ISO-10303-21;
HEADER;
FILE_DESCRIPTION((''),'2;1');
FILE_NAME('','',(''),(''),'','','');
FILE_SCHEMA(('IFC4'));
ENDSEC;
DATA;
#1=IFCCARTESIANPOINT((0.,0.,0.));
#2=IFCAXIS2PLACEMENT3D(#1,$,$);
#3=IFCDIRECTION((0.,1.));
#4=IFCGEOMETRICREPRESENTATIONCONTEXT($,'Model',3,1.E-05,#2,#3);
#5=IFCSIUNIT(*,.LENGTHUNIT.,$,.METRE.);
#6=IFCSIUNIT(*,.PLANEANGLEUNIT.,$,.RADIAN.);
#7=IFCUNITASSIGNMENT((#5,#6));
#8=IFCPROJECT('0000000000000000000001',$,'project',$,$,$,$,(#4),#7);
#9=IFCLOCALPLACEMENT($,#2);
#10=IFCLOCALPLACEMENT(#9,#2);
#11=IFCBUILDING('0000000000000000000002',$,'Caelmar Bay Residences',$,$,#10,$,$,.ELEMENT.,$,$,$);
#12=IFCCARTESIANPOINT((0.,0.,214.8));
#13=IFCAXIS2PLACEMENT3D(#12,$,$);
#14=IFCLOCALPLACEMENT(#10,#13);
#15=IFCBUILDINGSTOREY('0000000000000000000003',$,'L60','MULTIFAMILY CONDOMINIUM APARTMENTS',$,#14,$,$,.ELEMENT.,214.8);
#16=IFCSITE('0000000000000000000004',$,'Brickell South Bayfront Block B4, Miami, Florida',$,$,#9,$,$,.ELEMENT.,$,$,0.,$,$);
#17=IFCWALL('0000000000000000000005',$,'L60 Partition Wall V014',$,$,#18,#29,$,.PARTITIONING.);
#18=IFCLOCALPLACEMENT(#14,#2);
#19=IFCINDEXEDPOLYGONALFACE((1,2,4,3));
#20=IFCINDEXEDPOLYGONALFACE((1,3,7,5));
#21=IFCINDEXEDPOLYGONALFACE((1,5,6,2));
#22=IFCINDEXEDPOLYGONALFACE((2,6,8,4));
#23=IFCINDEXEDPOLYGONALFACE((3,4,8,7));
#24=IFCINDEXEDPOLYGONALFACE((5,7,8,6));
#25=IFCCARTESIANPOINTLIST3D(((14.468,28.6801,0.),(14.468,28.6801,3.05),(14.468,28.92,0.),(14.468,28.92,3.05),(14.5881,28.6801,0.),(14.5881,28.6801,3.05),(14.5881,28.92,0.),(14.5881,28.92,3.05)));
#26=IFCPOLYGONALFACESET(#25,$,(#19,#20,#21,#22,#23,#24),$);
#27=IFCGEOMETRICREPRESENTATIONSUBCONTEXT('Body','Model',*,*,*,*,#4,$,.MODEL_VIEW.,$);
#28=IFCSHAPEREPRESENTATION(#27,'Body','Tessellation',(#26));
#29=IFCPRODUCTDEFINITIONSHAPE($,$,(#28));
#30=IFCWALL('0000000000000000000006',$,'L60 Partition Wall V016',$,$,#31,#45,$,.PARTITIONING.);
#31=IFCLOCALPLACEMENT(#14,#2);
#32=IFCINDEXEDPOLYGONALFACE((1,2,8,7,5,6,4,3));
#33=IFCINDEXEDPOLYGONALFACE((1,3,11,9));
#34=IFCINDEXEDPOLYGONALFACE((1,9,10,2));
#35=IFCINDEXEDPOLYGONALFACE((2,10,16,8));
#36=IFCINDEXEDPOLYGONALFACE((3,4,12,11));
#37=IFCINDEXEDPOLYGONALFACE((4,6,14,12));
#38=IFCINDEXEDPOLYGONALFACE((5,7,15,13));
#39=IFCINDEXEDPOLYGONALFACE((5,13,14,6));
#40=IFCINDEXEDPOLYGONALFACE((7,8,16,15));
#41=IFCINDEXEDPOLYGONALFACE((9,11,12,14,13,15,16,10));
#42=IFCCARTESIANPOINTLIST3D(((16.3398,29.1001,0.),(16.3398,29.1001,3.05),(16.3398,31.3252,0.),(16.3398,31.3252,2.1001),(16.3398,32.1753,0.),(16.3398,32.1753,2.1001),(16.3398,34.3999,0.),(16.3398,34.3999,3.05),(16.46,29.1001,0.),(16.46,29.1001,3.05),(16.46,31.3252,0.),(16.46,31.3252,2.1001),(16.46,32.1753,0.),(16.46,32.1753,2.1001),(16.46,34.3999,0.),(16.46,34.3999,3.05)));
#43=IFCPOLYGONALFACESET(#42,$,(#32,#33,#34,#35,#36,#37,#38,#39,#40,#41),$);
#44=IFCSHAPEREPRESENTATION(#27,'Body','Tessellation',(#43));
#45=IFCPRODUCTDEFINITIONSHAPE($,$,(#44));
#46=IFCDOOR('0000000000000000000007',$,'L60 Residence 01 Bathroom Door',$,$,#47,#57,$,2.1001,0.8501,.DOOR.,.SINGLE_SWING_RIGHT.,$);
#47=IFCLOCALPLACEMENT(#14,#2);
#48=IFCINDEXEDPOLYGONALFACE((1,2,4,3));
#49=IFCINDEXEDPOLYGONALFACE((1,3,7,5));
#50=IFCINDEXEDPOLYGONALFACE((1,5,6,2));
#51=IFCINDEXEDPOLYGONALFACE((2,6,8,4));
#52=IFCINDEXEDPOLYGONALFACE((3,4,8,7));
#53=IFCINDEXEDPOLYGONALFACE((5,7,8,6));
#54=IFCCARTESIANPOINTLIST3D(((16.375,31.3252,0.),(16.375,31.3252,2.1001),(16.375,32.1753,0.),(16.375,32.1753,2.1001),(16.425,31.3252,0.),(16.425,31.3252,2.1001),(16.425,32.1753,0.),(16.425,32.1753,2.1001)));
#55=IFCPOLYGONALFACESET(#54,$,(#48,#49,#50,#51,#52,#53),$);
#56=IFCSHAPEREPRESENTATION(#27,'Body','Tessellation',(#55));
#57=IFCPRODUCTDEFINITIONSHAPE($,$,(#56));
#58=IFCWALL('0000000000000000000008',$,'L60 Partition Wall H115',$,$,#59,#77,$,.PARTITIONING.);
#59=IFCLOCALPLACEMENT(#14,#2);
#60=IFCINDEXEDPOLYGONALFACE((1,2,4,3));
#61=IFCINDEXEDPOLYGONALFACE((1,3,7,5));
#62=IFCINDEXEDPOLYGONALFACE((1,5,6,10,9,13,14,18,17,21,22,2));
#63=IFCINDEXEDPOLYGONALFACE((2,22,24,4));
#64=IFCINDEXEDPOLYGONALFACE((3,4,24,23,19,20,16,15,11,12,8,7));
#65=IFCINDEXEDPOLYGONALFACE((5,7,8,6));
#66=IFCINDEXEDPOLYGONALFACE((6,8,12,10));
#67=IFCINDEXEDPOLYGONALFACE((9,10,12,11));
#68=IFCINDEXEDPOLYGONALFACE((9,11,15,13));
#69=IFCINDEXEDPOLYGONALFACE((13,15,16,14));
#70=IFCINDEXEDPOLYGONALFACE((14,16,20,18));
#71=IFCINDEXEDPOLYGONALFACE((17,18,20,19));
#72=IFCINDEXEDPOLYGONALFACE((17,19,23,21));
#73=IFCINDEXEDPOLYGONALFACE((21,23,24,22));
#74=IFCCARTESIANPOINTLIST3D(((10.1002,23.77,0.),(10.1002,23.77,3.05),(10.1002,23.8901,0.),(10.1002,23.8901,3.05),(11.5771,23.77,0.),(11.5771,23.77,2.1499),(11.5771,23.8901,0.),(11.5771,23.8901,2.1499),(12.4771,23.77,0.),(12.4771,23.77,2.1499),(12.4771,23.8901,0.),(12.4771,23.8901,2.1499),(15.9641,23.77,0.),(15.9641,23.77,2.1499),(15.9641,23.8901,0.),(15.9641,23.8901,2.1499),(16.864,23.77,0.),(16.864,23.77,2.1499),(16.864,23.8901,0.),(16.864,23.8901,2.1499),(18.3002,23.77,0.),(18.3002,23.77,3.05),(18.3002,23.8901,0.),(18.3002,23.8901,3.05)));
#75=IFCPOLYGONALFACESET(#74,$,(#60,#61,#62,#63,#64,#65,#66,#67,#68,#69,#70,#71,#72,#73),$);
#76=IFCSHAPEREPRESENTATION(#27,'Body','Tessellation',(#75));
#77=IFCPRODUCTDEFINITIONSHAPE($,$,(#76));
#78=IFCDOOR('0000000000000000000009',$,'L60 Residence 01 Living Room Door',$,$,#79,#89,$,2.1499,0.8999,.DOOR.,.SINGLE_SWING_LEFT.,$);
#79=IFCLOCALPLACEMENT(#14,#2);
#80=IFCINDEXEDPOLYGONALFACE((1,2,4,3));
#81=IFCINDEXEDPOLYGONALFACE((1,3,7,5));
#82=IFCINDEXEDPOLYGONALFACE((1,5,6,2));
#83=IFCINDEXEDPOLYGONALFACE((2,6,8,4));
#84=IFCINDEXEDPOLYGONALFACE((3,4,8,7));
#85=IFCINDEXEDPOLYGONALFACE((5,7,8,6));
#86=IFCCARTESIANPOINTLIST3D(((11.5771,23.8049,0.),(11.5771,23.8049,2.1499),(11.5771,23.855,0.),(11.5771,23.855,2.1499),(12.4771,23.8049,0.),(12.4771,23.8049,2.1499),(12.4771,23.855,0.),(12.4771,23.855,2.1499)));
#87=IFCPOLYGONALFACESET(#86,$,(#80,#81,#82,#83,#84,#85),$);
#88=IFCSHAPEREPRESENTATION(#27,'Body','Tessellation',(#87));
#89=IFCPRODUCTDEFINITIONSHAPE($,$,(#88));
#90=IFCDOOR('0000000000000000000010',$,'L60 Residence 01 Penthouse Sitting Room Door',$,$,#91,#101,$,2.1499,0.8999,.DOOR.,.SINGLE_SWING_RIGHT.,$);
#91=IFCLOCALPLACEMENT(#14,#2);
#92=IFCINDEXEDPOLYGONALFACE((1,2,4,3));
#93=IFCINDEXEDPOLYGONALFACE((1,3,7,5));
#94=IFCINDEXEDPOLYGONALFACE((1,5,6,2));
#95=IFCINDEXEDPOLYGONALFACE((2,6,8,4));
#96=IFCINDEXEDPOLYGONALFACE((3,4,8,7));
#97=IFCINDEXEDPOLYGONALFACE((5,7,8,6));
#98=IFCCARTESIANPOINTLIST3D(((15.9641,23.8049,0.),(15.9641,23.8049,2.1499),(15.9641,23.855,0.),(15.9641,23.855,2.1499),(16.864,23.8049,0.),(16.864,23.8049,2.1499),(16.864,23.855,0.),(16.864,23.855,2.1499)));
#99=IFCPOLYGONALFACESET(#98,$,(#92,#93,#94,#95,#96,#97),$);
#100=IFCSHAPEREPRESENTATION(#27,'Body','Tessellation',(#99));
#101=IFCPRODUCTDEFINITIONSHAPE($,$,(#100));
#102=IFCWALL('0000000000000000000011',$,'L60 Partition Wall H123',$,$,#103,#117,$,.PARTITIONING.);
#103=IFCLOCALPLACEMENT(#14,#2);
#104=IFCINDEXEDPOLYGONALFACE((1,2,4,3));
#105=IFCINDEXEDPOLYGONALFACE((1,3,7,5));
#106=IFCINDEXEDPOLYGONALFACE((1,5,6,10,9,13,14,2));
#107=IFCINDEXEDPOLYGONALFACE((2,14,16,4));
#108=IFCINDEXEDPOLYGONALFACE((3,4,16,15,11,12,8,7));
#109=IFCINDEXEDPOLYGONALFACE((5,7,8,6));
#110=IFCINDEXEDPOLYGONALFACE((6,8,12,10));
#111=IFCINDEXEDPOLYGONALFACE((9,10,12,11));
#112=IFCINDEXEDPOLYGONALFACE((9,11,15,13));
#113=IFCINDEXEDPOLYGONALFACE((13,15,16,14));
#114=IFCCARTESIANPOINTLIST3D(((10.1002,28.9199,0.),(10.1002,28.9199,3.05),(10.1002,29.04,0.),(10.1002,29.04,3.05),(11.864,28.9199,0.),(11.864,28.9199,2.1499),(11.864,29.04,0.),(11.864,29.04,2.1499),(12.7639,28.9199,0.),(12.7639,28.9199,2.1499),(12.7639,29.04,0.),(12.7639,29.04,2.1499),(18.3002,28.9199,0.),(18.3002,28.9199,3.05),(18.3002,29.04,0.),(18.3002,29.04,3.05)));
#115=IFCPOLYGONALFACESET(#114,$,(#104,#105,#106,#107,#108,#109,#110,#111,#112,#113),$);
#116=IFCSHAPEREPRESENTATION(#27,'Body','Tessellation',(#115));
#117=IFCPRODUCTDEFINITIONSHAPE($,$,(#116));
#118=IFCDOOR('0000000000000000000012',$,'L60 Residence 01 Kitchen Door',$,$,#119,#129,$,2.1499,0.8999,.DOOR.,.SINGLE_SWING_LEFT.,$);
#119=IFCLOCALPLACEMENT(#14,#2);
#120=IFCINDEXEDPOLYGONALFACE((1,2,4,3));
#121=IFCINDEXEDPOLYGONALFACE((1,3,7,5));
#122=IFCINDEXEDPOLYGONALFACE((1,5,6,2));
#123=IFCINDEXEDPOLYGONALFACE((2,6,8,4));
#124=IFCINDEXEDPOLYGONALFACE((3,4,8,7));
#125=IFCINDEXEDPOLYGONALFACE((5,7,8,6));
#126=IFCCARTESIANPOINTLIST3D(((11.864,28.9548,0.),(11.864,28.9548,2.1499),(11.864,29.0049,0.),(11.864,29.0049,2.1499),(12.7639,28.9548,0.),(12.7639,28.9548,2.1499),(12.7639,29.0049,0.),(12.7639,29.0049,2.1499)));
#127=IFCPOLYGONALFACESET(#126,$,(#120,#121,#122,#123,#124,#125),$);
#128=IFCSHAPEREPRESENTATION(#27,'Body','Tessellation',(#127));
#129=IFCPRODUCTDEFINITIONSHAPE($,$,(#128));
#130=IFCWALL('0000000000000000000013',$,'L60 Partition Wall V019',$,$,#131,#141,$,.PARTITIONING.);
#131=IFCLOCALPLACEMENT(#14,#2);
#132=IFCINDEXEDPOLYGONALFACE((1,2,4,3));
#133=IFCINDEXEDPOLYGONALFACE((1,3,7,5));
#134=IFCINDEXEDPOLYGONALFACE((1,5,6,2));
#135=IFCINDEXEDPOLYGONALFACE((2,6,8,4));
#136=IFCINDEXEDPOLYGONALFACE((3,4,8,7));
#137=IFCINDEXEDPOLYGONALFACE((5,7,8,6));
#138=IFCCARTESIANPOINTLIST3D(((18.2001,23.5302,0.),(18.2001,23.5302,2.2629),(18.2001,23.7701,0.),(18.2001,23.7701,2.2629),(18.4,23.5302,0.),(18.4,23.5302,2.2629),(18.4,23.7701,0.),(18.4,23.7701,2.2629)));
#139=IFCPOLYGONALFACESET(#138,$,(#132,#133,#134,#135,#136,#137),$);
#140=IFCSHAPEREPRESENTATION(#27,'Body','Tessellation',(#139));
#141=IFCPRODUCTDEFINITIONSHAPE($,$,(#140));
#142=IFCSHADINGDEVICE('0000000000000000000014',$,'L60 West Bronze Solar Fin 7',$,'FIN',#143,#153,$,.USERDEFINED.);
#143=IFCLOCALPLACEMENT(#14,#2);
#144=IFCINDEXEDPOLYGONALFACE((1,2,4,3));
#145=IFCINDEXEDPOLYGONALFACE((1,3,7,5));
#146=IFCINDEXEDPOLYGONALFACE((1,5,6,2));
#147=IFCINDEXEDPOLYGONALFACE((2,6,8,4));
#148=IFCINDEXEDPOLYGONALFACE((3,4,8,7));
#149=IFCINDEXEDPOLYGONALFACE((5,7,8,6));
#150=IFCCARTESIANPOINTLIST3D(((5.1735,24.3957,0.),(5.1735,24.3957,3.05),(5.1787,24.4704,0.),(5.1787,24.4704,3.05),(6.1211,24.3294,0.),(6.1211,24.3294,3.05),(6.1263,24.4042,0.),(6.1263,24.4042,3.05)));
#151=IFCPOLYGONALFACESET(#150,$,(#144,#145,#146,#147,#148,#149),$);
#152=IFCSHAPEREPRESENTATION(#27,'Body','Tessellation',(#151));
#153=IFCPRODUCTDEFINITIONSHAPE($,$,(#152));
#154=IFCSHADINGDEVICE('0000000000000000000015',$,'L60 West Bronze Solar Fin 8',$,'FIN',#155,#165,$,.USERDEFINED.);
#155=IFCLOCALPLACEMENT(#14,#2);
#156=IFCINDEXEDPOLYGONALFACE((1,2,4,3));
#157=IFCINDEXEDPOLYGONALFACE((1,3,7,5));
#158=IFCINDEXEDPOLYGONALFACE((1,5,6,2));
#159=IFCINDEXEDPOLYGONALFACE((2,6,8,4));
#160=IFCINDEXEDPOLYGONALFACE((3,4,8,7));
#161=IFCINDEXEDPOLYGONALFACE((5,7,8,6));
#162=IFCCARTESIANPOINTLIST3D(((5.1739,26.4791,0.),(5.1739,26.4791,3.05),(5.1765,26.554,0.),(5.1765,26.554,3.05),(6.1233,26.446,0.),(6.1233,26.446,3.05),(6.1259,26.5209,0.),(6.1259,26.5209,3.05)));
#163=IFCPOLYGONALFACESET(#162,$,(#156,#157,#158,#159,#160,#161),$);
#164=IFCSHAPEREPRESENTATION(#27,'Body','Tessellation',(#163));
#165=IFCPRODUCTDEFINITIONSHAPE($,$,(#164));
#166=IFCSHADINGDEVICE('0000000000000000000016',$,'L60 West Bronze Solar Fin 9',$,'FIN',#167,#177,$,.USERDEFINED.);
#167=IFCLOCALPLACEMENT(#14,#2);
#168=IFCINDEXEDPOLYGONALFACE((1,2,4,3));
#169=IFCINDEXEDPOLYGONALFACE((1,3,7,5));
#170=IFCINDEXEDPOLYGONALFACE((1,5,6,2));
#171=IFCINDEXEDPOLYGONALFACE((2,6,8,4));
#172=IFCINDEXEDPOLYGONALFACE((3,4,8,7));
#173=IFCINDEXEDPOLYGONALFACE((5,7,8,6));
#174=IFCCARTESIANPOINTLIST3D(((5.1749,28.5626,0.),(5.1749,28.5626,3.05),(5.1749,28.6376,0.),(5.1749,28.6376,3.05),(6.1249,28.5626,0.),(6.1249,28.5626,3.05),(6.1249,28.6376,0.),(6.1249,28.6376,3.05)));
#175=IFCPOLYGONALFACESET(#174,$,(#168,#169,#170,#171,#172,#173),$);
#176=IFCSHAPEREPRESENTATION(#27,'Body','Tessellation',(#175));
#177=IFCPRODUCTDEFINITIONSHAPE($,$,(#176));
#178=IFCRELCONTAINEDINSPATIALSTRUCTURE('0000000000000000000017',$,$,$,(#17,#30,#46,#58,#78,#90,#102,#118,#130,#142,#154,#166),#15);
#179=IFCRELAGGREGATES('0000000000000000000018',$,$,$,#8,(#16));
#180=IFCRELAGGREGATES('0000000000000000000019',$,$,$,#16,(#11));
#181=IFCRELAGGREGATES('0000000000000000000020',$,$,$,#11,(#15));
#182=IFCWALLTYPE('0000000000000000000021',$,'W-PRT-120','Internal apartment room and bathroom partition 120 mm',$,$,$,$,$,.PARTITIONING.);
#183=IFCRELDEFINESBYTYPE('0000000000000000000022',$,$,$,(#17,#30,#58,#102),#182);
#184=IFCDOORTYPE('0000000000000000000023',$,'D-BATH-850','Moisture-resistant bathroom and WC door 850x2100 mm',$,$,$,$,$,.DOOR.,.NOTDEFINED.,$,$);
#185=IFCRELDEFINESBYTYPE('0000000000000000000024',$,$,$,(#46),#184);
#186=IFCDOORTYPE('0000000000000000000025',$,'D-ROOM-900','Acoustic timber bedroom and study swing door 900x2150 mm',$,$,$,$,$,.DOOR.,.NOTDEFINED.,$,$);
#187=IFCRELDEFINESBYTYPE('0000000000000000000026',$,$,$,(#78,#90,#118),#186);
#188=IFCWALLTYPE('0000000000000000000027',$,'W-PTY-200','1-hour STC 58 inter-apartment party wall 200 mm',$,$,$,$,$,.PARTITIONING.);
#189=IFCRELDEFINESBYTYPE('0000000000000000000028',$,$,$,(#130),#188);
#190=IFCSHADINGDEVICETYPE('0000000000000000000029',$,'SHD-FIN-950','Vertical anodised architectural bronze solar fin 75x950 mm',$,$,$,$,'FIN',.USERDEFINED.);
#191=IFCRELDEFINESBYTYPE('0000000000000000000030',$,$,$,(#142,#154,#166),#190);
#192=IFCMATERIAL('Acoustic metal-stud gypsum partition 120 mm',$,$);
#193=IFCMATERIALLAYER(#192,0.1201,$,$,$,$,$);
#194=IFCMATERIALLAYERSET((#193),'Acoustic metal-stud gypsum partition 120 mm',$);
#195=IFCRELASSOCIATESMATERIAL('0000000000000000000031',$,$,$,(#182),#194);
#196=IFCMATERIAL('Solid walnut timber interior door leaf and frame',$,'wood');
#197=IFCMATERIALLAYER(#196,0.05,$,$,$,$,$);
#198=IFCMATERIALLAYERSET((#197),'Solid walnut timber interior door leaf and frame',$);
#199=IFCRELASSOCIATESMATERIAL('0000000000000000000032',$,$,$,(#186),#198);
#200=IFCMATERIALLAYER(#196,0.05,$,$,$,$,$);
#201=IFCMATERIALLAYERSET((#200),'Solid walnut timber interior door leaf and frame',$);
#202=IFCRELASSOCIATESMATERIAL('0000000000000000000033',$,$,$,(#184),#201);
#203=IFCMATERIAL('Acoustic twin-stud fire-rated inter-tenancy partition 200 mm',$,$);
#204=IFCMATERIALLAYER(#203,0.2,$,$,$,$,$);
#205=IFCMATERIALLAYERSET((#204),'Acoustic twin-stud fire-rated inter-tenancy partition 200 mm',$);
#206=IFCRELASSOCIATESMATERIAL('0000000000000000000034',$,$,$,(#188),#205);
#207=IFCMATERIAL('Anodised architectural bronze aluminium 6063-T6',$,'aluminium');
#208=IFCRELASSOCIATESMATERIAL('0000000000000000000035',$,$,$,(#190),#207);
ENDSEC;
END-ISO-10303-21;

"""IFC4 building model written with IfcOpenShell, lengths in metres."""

from ifc_helpers import new_model, si_unit, direction, frame, frame_2d, origin, origin_2d, place, context, subcontext, project, spatial, rectangle, extrude, material, layer, layer_set, material_profile, profile_set, type_object, element, fill, save


model = new_model("IFC4")

# Units and contexts
model_context = context("Model", 3, precision=1e-05, world=origin(), true_north=direction((0.0, 1.0)))
body_context = subcontext(model_context, "Body", "Model", "MODEL_VIEW")
ifc_project = project(units=[si_unit("LENGTHUNIT", "METRE"), si_unit("PLANEANGLEUNIT", "RADIAN")], contexts=[model_context])

# Site, building, storey
site_placement = place(None, origin())
site = spatial("IfcSite", under=ifc_project, at=site_placement, Name="Brickell South Bayfront Block B4, Miami, Florida", CompositionType="ELEMENT", RefElevation=0.0)
building_placement = place(site_placement, origin())
building = spatial("IfcBuilding", under=site, at=building_placement, Name="Caelmar Bay Residences", CompositionType="ELEMENT")
storey_placement = place(building_placement, frame((0.0, 0.0, 214.8)))
storey = spatial("IfcBuildingStorey", under=building, at=storey_placement, Name="L60", Description="MULTIFAMILY CONDOMINIUM APARTMENTS", CompositionType="ELEMENT", Elevation=214.8)

# Shared definitions
ifc_material_1 = material(Name="Acoustic metal-stud gypsum partition 120 mm")
ifc_layer_1 = layer(ifc_material_1, 0.1201)
ifc_layer_set_1 = layer_set([ifc_layer_1], Name="Acoustic metal-stud gypsum partition 120 mm")
wall_type_1 = type_object("IfcWallType", Name="W-PRT-120", Description="Internal apartment room and bathroom partition 120 mm", PredefinedType="PARTITIONING", material=ifc_layer_set_1)
ifc_material_2 = material(Name="Solid walnut timber interior door leaf and frame", Category="wood")
ifc_layer_2 = layer(ifc_material_2, 0.05)
ifc_layer_set_2 = layer_set([ifc_layer_2], Name="Solid walnut timber interior door leaf and frame")
door_type_1 = type_object("IfcDoorType", Name="D-ROOM-900", Description="Acoustic timber bedroom and study swing door 900x2150 mm", OperationType="NOTDEFINED", PredefinedType="DOOR", material=ifc_layer_set_2)

# Wall
wall_1_placement = place(storey_placement, frame((14.5281, 28.6799, 0.0), z_axis=(0.0, 0.0, 1.0), x_axis=(0.0, 1.0, 0.0)))
element("IfcWall", 1, at=wall_1_placement, inside=storey, type_object=wall_type_1, Name="L60 Partition Wall V014", PredefinedType="PARTITIONING", context=body_context, shape_type="SweptSolid", body=[
    extrude(rectangle(XDim=0.24, YDim=0.1201, at=frame_2d((0.1201, 0.0))), origin(), (0.0, 0.0, 1.0), 3.05),
])

# Wall, opening, door
wall_2_placement = place(storey_placement, frame((16.3999, 29.1001, 0.0), z_axis=(0.0, 0.0, 1.0), x_axis=(0.0, 1.0, 0.0)))
wall_2 = element("IfcWall", 2, at=wall_2_placement, inside=storey, type_object=wall_type_1, Name="L60 Partition Wall V016", PredefinedType="PARTITIONING", context=body_context, shape_type="SweptSolid", body=[
    extrude(rectangle(XDim=5.2998, YDim=0.1201, at=frame_2d((2.6499, 0.0))), origin(), (0.0, 0.0, 1.0), 3.05),
])
opening_1_placement = place(wall_2_placement, frame((2.2251, 0.0, 0.0)))
opening_1 = element("IfcOpeningElement", 3, at=opening_1_placement, cuts=wall_2, PredefinedType="OPENING", context=body_context, shape_type="SweptSolid", body=[
    extrude(rectangle(XDim=0.8501, YDim=2.1001, at=frame_2d((0.425, 1.05))), frame((0.0, 0.0701, 0.0), z_axis=(0.0, -1.0, 0.0), x_axis=(1.0, 0.0, 0.0)), (0.0, 0.0, 1.0), 0.1401),
])
ifc_layer_3 = layer(ifc_material_2, 0.05)
ifc_layer_set_3 = layer_set([ifc_layer_3], Name="Solid walnut timber interior door leaf and frame")
door_type_2 = type_object("IfcDoorType", Name="D-BATH-850", Description="Moisture-resistant bathroom and WC door 850x2100 mm", OperationType="NOTDEFINED", PredefinedType="DOOR", material=ifc_layer_set_3)
door_1_placement = place(opening_1_placement, origin())
door_1 = element("IfcDoor", 4, at=door_1_placement, inside=storey, type_object=door_type_2, Name="L60 Residence 01 Bathroom Door", OperationType="SINGLE_SWING_RIGHT", OverallHeight=2.1001, OverallWidth=0.8501, PredefinedType="DOOR", context=body_context, shape_type="SweptSolid", body=[
    extrude(rectangle(XDim=0.8501, YDim=2.1001, at=frame_2d((0.425, 1.05))), frame((0.0, 0.0249, 0.0), z_axis=(0.0, -1.0, 0.0), x_axis=(1.0, 0.0, 0.0)), (0.0, 0.0, 1.0), 0.05),
])
fill(opening_1, door_1)

# Wall, openings, doors
wall_3_placement = place(storey_placement, frame((10.1001, 23.8301, 0.0), z_axis=(0.0, 0.0, 1.0), x_axis=(1.0, 0.0, 0.0)))
wall_3 = element("IfcWall", 5, at=wall_3_placement, inside=storey, type_object=wall_type_1, Name="L60 Partition Wall H115", PredefinedType="PARTITIONING", context=body_context, shape_type="SweptSolid", body=[
    extrude(rectangle(XDim=8.2, YDim=0.1201, at=frame_2d((4.1001, 0.0))), origin(), (0.0, 0.0, 1.0), 3.05),
])
opening_2_placement = place(wall_3_placement, frame((1.4771, 0.0, 0.0)))
opening_2 = element("IfcOpeningElement", 6, at=opening_2_placement, cuts=wall_3, PredefinedType="OPENING", context=body_context, shape_type="SweptSolid", body=[
    extrude(rectangle(XDim=0.8999, YDim=2.1499, at=frame_2d((0.45, 1.075))), frame((0.0, 0.0701, 0.0), z_axis=(0.0, -1.0, 0.0), x_axis=(1.0, 0.0, 0.0)), (0.0, 0.0, 1.0), 0.1401),
])
opening_3_placement = place(wall_3_placement, frame((5.864, 0.0, 0.0)))
opening_3 = element("IfcOpeningElement", 7, at=opening_3_placement, cuts=wall_3, PredefinedType="OPENING", context=body_context, shape_type="SweptSolid", body=[
    extrude(rectangle(XDim=0.8999, YDim=2.1499, at=frame_2d((0.45, 1.075))), frame((0.0, 0.0701, 0.0), z_axis=(0.0, -1.0, 0.0), x_axis=(1.0, 0.0, 0.0)), (0.0, 0.0, 1.0), 0.1401),
])
door_2_placement = place(opening_2_placement, origin())
door_2 = element("IfcDoor", 8, at=door_2_placement, inside=storey, type_object=door_type_1, Name="L60 Residence 01 Living Room Door", OperationType="SINGLE_SWING_LEFT", OverallHeight=2.1499, OverallWidth=0.8999, PredefinedType="DOOR", context=body_context, shape_type="SweptSolid", body=[
    extrude(rectangle(XDim=0.8999, YDim=2.1499, at=frame_2d((0.45, 1.075))), frame((0.0, 0.0249, 0.0), z_axis=(0.0, -1.0, 0.0), x_axis=(1.0, 0.0, 0.0)), (0.0, 0.0, 1.0), 0.05),
])
fill(opening_2, door_2)
door_3_placement = place(opening_3_placement, origin())
door_3 = element("IfcDoor", 9, at=door_3_placement, inside=storey, type_object=door_type_1, Name="L60 Residence 01 Penthouse Sitting Room Door", OperationType="SINGLE_SWING_RIGHT", OverallHeight=2.1499, OverallWidth=0.8999, PredefinedType="DOOR", context=body_context, shape_type="SweptSolid", body=[
    extrude(rectangle(XDim=0.8999, YDim=2.1499, at=frame_2d((0.45, 1.075))), frame((0.0, 0.0249, 0.0), z_axis=(0.0, -1.0, 0.0), x_axis=(1.0, 0.0, 0.0)), (0.0, 0.0, 1.0), 0.05),
])
fill(opening_3, door_3)

# Wall, opening, door
wall_4_placement = place(storey_placement, frame((10.1001, 28.98, 0.0), z_axis=(0.0, 0.0, 1.0), x_axis=(1.0, 0.0, 0.0)))
wall_4 = element("IfcWall", 10, at=wall_4_placement, inside=storey, type_object=wall_type_1, Name="L60 Partition Wall H123", PredefinedType="PARTITIONING", context=body_context, shape_type="SweptSolid", body=[
    extrude(rectangle(XDim=8.2, YDim=0.1201, at=frame_2d((4.1001, 0.0))), origin(), (0.0, 0.0, 1.0), 3.05),
])
opening_4_placement = place(wall_4_placement, frame((1.7639, 0.0, 0.0)))
opening_4 = element("IfcOpeningElement", 11, at=opening_4_placement, cuts=wall_4, PredefinedType="OPENING", context=body_context, shape_type="SweptSolid", body=[
    extrude(rectangle(XDim=0.8999, YDim=2.1499, at=frame_2d((0.45, 1.075))), frame((0.0, 0.0701, 0.0), z_axis=(0.0, -1.0, 0.0), x_axis=(1.0, 0.0, 0.0)), (0.0, 0.0, 1.0), 0.1401),
])
door_4_placement = place(opening_4_placement, origin())
door_4 = element("IfcDoor", 12, at=door_4_placement, inside=storey, type_object=door_type_1, Name="L60 Residence 01 Kitchen Door", OperationType="SINGLE_SWING_LEFT", OverallHeight=2.1499, OverallWidth=0.8999, PredefinedType="DOOR", context=body_context, shape_type="SweptSolid", body=[
    extrude(rectangle(XDim=0.8999, YDim=2.1499, at=frame_2d((0.45, 1.075))), frame((0.0, 0.0249, 0.0), z_axis=(0.0, -1.0, 0.0), x_axis=(1.0, 0.0, 0.0)), (0.0, 0.0, 1.0), 0.05),
])
fill(opening_4, door_4)

# Wall
ifc_material_3 = material(Name="Acoustic twin-stud fire-rated inter-tenancy partition 200 mm")
ifc_layer_4 = layer(ifc_material_3, 0.2)
ifc_layer_set_4 = layer_set([ifc_layer_4], Name="Acoustic twin-stud fire-rated inter-tenancy partition 200 mm")
wall_type_2 = type_object("IfcWallType", Name="W-PTY-200", Description="1-hour STC 58 inter-apartment party wall 200 mm", PredefinedType="PARTITIONING", material=ifc_layer_set_4)
wall_5_placement = place(storey_placement, frame((18.3, 23.53, 0.0), z_axis=(0.0, 0.0, 1.0), x_axis=(0.0, 1.0, 0.0)))
element("IfcWall", 13, at=wall_5_placement, inside=storey, type_object=wall_type_2, Name="L60 Partition Wall V019", PredefinedType="PARTITIONING", context=body_context, shape_type="SweptSolid", body=[
    extrude(rectangle(XDim=0.24, YDim=0.2, at=frame_2d((0.1201, 0.0))), origin(), (0.0, 0.0, 1.0), 2.2629),
])

# Shading devices
ifc_material_4 = material(Name="Anodised architectural bronze aluminium 6063-T6", Category="aluminium")
ifc_material_profile_1 = material_profile(ifc_material_4, rectangle(XDim=0.075, YDim=0.95, at=origin_2d()), Name="BRONZE-FIN-75X950")
ifc_profile_set_1 = profile_set([ifc_material_profile_1], Name="Anodised architectural bronze aluminium 6063-T6")
shading_device_type = type_object("IfcShadingDeviceType", Name="SHD-FIN-950", Description="Vertical anodised architectural bronze solar fin 75x950 mm", ElementType="FIN", PredefinedType="USERDEFINED", material=ifc_profile_set_1)
for number, where, z_axis, x_axis, name in (
    (14, (5.6499, 24.3999, 0.0), (0.0, 0.0, 1.0), (0.069756, 0.997564, 0.0), "L60 West Bronze Solar Fin 7"),
    (15, (5.6499, 26.5, 0.0), (0.0, 0.0, 1.0), (0.034899, 0.999391, 0.0), "L60 West Bronze Solar Fin 8"),
    (16, (5.6499, 28.6001, 0.0), (0.0, 0.0, 1.0), (0.0, 1.0, 0.0), "L60 West Bronze Solar Fin 9"),
):
    element("IfcShadingDevice", number, at=place(storey_placement, frame(where, z_axis=z_axis, x_axis=x_axis)), inside=storey, type_object=shading_device_type, Name=name, ObjectType="FIN", PredefinedType="USERDEFINED", context=body_context, shape_type="SweptSolid", body=[
        extrude(rectangle(XDim=0.075, YDim=0.95, at=origin_2d()), origin(), (0.0, 0.0, 1.0), 3.05),
    ])

save(model, "model.ifc")
